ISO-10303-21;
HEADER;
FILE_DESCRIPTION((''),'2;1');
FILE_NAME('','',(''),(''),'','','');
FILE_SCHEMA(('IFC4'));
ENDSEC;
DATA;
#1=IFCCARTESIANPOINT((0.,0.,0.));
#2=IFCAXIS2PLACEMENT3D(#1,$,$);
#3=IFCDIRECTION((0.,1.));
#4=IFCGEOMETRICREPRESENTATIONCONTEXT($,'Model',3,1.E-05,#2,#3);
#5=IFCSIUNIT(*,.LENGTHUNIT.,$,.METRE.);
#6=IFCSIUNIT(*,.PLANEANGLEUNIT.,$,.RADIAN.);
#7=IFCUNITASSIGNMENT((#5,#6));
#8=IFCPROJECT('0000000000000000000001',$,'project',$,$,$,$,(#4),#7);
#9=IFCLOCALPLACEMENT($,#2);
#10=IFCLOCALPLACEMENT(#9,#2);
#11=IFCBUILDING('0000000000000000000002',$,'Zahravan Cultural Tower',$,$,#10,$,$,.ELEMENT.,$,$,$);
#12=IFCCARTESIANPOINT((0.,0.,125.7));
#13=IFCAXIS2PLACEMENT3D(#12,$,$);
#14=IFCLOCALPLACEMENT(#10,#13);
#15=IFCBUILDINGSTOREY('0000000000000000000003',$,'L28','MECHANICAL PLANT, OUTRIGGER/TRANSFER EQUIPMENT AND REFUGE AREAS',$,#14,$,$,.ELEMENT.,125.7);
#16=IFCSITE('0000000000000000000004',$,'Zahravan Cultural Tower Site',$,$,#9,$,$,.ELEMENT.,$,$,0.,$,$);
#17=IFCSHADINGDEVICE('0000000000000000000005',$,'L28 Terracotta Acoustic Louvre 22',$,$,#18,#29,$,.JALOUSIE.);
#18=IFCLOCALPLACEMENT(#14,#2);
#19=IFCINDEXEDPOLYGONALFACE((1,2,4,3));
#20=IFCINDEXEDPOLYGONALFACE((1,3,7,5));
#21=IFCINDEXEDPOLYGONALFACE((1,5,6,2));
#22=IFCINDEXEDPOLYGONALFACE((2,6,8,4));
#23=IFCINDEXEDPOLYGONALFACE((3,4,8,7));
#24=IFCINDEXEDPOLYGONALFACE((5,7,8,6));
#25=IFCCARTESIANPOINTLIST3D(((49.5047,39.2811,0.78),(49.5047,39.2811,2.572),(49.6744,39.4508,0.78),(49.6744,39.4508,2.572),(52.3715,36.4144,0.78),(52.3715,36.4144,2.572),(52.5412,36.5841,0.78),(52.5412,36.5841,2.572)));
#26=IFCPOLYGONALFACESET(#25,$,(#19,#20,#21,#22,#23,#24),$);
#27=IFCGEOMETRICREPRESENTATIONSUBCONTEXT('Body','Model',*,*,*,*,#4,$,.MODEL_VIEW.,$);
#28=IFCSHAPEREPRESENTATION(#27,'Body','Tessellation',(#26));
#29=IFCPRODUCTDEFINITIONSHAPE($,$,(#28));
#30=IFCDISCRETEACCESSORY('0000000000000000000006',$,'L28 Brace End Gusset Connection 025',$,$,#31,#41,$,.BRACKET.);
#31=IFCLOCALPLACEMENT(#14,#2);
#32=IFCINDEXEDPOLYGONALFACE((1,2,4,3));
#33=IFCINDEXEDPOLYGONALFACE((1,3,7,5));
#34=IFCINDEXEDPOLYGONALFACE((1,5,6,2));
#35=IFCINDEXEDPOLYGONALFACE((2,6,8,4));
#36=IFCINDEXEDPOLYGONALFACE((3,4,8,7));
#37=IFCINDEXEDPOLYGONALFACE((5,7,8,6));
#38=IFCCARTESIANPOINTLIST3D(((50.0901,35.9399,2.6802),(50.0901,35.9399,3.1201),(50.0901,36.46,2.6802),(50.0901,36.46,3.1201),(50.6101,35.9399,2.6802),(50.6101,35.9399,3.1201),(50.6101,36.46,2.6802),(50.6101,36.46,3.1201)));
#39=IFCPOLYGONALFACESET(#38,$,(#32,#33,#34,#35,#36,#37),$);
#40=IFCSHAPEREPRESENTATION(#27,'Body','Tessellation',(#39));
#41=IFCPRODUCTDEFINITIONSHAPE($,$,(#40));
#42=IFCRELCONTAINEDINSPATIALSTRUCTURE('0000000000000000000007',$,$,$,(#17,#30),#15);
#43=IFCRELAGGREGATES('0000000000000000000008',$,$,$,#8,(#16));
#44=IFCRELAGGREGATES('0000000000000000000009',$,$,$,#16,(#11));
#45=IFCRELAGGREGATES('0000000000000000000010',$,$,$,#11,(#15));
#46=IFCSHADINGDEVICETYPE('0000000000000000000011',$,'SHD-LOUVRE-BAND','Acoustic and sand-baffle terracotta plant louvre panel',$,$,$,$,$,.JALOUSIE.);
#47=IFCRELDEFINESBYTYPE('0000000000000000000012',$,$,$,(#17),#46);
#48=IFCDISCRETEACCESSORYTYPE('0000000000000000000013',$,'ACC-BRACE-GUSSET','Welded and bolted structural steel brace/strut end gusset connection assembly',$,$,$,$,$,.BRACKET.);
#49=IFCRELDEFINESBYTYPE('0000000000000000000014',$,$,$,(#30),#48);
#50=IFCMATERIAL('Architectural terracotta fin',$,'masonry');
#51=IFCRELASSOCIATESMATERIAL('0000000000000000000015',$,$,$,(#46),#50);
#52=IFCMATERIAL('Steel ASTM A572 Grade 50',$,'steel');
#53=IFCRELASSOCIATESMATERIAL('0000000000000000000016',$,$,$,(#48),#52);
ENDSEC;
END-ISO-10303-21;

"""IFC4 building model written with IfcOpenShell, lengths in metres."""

from ifc_helpers import new_model, si_unit, direction, frame, origin, origin_2d, place, context, subcontext, project, spatial, rectangle, extrude, source, transform, mapped, material, type_object, element, save


model = new_model("IFC4")

# Units and contexts
model_context = context("Model", 3, precision=1e-05, world=origin(), true_north=direction((0.0, 1.0)))
body_context = subcontext(model_context, "Body", "Model", "MODEL_VIEW")
ifc_project = project(units=[si_unit("LENGTHUNIT", "METRE"), si_unit("PLANEANGLEUNIT", "RADIAN")], contexts=[model_context])

# Site, building, storey
site_placement = place(None, origin())
site = spatial("IfcSite", under=ifc_project, at=site_placement, Name="Zahravan Cultural Tower Site", CompositionType="ELEMENT", RefElevation=0.0)
building_placement = place(site_placement, origin())
building = spatial("IfcBuilding", under=site, at=building_placement, Name="Zahravan Cultural Tower", CompositionType="ELEMENT")
storey_placement = place(building_placement, frame((0.0, 0.0, 125.7)))
storey = spatial("IfcBuildingStorey", under=building, at=storey_placement, Name="L28", Description="MECHANICAL PLANT, OUTRIGGER/TRANSFER EQUIPMENT AND REFUGE AREAS", CompositionType="ELEMENT", Elevation=125.7)

# Shared definitions
ifc_material_1 = material(Name="Steel ASTM A572 Grade 50", Category="steel")

# Shading device
ifc_material_2 = material(Name="Architectural terracotta fin", Category="masonry")
shading_device_type = type_object("IfcShadingDeviceType", Name="SHD-LOUVRE-BAND", Description="Acoustic and sand-baffle terracotta plant louvre panel", PredefinedType="JALOUSIE", material=ifc_material_2)
shared_shape_1 = source(origin(), body_context, "Body", "SweptSolid", [
    extrude(rectangle(XDim=4.0542, YDim=0.24, at=origin_2d()), origin(), (0.0, 0.0, 1.0), 1.792),
])
shading_device_placement = place(storey_placement, frame((51.0229, 37.9326, 0.78), z_axis=(0.0, 0.0, 1.0), x_axis=(0.707107, -0.707107, 0.0)))
element("IfcShadingDevice", 1, at=shading_device_placement, inside=storey, type_object=shading_device_type, Name="L28 Terracotta Acoustic Louvre 22", PredefinedType="JALOUSIE", context=body_context, shape_type="MappedRepresentation", body=[
    mapped(shared_shape_1, transform((0.0, 0.0, 0.0), x_axis=(1.0, 0.0, 0.0), y_axis=(0.0, 1.0, 0.0), z_axis=(0.0, 0.0, 1.0), scale=1.0)),
])

# Discrete accessory
discrete_accessory_type = type_object("IfcDiscreteAccessoryType", Name="ACC-BRACE-GUSSET", Description="Welded and bolted structural steel brace/strut end gusset connection assembly", PredefinedType="BRACKET", material=ifc_material_1)
shared_shape_2 = source(origin(), body_context, "Body", "SweptSolid", [
    extrude(rectangle(XDim=0.52, YDim=0.52, at=origin_2d()), origin(), (0.0, 0.0, 1.0), 0.4399),
])
discrete_accessory_placement = place(storey_placement, frame((50.3501, 36.2, 2.6802), z_axis=(0.0, 0.0, 1.0), x_axis=(1.0, 0.0, 0.0)))
element("IfcDiscreteAccessory", 2, at=discrete_accessory_placement, inside=storey, type_object=discrete_accessory_type, Name="L28 Brace End Gusset Connection 025", PredefinedType="BRACKET", context=body_context, shape_type="MappedRepresentation", body=[
    mapped(shared_shape_2, transform((0.0, 0.0, 0.0), x_axis=(1.0, 0.0, 0.0), y_axis=(0.0, 1.0, 0.0), z_axis=(0.0, 0.0, 1.0), scale=1.0)),
])

save(model, "model.ifc")
